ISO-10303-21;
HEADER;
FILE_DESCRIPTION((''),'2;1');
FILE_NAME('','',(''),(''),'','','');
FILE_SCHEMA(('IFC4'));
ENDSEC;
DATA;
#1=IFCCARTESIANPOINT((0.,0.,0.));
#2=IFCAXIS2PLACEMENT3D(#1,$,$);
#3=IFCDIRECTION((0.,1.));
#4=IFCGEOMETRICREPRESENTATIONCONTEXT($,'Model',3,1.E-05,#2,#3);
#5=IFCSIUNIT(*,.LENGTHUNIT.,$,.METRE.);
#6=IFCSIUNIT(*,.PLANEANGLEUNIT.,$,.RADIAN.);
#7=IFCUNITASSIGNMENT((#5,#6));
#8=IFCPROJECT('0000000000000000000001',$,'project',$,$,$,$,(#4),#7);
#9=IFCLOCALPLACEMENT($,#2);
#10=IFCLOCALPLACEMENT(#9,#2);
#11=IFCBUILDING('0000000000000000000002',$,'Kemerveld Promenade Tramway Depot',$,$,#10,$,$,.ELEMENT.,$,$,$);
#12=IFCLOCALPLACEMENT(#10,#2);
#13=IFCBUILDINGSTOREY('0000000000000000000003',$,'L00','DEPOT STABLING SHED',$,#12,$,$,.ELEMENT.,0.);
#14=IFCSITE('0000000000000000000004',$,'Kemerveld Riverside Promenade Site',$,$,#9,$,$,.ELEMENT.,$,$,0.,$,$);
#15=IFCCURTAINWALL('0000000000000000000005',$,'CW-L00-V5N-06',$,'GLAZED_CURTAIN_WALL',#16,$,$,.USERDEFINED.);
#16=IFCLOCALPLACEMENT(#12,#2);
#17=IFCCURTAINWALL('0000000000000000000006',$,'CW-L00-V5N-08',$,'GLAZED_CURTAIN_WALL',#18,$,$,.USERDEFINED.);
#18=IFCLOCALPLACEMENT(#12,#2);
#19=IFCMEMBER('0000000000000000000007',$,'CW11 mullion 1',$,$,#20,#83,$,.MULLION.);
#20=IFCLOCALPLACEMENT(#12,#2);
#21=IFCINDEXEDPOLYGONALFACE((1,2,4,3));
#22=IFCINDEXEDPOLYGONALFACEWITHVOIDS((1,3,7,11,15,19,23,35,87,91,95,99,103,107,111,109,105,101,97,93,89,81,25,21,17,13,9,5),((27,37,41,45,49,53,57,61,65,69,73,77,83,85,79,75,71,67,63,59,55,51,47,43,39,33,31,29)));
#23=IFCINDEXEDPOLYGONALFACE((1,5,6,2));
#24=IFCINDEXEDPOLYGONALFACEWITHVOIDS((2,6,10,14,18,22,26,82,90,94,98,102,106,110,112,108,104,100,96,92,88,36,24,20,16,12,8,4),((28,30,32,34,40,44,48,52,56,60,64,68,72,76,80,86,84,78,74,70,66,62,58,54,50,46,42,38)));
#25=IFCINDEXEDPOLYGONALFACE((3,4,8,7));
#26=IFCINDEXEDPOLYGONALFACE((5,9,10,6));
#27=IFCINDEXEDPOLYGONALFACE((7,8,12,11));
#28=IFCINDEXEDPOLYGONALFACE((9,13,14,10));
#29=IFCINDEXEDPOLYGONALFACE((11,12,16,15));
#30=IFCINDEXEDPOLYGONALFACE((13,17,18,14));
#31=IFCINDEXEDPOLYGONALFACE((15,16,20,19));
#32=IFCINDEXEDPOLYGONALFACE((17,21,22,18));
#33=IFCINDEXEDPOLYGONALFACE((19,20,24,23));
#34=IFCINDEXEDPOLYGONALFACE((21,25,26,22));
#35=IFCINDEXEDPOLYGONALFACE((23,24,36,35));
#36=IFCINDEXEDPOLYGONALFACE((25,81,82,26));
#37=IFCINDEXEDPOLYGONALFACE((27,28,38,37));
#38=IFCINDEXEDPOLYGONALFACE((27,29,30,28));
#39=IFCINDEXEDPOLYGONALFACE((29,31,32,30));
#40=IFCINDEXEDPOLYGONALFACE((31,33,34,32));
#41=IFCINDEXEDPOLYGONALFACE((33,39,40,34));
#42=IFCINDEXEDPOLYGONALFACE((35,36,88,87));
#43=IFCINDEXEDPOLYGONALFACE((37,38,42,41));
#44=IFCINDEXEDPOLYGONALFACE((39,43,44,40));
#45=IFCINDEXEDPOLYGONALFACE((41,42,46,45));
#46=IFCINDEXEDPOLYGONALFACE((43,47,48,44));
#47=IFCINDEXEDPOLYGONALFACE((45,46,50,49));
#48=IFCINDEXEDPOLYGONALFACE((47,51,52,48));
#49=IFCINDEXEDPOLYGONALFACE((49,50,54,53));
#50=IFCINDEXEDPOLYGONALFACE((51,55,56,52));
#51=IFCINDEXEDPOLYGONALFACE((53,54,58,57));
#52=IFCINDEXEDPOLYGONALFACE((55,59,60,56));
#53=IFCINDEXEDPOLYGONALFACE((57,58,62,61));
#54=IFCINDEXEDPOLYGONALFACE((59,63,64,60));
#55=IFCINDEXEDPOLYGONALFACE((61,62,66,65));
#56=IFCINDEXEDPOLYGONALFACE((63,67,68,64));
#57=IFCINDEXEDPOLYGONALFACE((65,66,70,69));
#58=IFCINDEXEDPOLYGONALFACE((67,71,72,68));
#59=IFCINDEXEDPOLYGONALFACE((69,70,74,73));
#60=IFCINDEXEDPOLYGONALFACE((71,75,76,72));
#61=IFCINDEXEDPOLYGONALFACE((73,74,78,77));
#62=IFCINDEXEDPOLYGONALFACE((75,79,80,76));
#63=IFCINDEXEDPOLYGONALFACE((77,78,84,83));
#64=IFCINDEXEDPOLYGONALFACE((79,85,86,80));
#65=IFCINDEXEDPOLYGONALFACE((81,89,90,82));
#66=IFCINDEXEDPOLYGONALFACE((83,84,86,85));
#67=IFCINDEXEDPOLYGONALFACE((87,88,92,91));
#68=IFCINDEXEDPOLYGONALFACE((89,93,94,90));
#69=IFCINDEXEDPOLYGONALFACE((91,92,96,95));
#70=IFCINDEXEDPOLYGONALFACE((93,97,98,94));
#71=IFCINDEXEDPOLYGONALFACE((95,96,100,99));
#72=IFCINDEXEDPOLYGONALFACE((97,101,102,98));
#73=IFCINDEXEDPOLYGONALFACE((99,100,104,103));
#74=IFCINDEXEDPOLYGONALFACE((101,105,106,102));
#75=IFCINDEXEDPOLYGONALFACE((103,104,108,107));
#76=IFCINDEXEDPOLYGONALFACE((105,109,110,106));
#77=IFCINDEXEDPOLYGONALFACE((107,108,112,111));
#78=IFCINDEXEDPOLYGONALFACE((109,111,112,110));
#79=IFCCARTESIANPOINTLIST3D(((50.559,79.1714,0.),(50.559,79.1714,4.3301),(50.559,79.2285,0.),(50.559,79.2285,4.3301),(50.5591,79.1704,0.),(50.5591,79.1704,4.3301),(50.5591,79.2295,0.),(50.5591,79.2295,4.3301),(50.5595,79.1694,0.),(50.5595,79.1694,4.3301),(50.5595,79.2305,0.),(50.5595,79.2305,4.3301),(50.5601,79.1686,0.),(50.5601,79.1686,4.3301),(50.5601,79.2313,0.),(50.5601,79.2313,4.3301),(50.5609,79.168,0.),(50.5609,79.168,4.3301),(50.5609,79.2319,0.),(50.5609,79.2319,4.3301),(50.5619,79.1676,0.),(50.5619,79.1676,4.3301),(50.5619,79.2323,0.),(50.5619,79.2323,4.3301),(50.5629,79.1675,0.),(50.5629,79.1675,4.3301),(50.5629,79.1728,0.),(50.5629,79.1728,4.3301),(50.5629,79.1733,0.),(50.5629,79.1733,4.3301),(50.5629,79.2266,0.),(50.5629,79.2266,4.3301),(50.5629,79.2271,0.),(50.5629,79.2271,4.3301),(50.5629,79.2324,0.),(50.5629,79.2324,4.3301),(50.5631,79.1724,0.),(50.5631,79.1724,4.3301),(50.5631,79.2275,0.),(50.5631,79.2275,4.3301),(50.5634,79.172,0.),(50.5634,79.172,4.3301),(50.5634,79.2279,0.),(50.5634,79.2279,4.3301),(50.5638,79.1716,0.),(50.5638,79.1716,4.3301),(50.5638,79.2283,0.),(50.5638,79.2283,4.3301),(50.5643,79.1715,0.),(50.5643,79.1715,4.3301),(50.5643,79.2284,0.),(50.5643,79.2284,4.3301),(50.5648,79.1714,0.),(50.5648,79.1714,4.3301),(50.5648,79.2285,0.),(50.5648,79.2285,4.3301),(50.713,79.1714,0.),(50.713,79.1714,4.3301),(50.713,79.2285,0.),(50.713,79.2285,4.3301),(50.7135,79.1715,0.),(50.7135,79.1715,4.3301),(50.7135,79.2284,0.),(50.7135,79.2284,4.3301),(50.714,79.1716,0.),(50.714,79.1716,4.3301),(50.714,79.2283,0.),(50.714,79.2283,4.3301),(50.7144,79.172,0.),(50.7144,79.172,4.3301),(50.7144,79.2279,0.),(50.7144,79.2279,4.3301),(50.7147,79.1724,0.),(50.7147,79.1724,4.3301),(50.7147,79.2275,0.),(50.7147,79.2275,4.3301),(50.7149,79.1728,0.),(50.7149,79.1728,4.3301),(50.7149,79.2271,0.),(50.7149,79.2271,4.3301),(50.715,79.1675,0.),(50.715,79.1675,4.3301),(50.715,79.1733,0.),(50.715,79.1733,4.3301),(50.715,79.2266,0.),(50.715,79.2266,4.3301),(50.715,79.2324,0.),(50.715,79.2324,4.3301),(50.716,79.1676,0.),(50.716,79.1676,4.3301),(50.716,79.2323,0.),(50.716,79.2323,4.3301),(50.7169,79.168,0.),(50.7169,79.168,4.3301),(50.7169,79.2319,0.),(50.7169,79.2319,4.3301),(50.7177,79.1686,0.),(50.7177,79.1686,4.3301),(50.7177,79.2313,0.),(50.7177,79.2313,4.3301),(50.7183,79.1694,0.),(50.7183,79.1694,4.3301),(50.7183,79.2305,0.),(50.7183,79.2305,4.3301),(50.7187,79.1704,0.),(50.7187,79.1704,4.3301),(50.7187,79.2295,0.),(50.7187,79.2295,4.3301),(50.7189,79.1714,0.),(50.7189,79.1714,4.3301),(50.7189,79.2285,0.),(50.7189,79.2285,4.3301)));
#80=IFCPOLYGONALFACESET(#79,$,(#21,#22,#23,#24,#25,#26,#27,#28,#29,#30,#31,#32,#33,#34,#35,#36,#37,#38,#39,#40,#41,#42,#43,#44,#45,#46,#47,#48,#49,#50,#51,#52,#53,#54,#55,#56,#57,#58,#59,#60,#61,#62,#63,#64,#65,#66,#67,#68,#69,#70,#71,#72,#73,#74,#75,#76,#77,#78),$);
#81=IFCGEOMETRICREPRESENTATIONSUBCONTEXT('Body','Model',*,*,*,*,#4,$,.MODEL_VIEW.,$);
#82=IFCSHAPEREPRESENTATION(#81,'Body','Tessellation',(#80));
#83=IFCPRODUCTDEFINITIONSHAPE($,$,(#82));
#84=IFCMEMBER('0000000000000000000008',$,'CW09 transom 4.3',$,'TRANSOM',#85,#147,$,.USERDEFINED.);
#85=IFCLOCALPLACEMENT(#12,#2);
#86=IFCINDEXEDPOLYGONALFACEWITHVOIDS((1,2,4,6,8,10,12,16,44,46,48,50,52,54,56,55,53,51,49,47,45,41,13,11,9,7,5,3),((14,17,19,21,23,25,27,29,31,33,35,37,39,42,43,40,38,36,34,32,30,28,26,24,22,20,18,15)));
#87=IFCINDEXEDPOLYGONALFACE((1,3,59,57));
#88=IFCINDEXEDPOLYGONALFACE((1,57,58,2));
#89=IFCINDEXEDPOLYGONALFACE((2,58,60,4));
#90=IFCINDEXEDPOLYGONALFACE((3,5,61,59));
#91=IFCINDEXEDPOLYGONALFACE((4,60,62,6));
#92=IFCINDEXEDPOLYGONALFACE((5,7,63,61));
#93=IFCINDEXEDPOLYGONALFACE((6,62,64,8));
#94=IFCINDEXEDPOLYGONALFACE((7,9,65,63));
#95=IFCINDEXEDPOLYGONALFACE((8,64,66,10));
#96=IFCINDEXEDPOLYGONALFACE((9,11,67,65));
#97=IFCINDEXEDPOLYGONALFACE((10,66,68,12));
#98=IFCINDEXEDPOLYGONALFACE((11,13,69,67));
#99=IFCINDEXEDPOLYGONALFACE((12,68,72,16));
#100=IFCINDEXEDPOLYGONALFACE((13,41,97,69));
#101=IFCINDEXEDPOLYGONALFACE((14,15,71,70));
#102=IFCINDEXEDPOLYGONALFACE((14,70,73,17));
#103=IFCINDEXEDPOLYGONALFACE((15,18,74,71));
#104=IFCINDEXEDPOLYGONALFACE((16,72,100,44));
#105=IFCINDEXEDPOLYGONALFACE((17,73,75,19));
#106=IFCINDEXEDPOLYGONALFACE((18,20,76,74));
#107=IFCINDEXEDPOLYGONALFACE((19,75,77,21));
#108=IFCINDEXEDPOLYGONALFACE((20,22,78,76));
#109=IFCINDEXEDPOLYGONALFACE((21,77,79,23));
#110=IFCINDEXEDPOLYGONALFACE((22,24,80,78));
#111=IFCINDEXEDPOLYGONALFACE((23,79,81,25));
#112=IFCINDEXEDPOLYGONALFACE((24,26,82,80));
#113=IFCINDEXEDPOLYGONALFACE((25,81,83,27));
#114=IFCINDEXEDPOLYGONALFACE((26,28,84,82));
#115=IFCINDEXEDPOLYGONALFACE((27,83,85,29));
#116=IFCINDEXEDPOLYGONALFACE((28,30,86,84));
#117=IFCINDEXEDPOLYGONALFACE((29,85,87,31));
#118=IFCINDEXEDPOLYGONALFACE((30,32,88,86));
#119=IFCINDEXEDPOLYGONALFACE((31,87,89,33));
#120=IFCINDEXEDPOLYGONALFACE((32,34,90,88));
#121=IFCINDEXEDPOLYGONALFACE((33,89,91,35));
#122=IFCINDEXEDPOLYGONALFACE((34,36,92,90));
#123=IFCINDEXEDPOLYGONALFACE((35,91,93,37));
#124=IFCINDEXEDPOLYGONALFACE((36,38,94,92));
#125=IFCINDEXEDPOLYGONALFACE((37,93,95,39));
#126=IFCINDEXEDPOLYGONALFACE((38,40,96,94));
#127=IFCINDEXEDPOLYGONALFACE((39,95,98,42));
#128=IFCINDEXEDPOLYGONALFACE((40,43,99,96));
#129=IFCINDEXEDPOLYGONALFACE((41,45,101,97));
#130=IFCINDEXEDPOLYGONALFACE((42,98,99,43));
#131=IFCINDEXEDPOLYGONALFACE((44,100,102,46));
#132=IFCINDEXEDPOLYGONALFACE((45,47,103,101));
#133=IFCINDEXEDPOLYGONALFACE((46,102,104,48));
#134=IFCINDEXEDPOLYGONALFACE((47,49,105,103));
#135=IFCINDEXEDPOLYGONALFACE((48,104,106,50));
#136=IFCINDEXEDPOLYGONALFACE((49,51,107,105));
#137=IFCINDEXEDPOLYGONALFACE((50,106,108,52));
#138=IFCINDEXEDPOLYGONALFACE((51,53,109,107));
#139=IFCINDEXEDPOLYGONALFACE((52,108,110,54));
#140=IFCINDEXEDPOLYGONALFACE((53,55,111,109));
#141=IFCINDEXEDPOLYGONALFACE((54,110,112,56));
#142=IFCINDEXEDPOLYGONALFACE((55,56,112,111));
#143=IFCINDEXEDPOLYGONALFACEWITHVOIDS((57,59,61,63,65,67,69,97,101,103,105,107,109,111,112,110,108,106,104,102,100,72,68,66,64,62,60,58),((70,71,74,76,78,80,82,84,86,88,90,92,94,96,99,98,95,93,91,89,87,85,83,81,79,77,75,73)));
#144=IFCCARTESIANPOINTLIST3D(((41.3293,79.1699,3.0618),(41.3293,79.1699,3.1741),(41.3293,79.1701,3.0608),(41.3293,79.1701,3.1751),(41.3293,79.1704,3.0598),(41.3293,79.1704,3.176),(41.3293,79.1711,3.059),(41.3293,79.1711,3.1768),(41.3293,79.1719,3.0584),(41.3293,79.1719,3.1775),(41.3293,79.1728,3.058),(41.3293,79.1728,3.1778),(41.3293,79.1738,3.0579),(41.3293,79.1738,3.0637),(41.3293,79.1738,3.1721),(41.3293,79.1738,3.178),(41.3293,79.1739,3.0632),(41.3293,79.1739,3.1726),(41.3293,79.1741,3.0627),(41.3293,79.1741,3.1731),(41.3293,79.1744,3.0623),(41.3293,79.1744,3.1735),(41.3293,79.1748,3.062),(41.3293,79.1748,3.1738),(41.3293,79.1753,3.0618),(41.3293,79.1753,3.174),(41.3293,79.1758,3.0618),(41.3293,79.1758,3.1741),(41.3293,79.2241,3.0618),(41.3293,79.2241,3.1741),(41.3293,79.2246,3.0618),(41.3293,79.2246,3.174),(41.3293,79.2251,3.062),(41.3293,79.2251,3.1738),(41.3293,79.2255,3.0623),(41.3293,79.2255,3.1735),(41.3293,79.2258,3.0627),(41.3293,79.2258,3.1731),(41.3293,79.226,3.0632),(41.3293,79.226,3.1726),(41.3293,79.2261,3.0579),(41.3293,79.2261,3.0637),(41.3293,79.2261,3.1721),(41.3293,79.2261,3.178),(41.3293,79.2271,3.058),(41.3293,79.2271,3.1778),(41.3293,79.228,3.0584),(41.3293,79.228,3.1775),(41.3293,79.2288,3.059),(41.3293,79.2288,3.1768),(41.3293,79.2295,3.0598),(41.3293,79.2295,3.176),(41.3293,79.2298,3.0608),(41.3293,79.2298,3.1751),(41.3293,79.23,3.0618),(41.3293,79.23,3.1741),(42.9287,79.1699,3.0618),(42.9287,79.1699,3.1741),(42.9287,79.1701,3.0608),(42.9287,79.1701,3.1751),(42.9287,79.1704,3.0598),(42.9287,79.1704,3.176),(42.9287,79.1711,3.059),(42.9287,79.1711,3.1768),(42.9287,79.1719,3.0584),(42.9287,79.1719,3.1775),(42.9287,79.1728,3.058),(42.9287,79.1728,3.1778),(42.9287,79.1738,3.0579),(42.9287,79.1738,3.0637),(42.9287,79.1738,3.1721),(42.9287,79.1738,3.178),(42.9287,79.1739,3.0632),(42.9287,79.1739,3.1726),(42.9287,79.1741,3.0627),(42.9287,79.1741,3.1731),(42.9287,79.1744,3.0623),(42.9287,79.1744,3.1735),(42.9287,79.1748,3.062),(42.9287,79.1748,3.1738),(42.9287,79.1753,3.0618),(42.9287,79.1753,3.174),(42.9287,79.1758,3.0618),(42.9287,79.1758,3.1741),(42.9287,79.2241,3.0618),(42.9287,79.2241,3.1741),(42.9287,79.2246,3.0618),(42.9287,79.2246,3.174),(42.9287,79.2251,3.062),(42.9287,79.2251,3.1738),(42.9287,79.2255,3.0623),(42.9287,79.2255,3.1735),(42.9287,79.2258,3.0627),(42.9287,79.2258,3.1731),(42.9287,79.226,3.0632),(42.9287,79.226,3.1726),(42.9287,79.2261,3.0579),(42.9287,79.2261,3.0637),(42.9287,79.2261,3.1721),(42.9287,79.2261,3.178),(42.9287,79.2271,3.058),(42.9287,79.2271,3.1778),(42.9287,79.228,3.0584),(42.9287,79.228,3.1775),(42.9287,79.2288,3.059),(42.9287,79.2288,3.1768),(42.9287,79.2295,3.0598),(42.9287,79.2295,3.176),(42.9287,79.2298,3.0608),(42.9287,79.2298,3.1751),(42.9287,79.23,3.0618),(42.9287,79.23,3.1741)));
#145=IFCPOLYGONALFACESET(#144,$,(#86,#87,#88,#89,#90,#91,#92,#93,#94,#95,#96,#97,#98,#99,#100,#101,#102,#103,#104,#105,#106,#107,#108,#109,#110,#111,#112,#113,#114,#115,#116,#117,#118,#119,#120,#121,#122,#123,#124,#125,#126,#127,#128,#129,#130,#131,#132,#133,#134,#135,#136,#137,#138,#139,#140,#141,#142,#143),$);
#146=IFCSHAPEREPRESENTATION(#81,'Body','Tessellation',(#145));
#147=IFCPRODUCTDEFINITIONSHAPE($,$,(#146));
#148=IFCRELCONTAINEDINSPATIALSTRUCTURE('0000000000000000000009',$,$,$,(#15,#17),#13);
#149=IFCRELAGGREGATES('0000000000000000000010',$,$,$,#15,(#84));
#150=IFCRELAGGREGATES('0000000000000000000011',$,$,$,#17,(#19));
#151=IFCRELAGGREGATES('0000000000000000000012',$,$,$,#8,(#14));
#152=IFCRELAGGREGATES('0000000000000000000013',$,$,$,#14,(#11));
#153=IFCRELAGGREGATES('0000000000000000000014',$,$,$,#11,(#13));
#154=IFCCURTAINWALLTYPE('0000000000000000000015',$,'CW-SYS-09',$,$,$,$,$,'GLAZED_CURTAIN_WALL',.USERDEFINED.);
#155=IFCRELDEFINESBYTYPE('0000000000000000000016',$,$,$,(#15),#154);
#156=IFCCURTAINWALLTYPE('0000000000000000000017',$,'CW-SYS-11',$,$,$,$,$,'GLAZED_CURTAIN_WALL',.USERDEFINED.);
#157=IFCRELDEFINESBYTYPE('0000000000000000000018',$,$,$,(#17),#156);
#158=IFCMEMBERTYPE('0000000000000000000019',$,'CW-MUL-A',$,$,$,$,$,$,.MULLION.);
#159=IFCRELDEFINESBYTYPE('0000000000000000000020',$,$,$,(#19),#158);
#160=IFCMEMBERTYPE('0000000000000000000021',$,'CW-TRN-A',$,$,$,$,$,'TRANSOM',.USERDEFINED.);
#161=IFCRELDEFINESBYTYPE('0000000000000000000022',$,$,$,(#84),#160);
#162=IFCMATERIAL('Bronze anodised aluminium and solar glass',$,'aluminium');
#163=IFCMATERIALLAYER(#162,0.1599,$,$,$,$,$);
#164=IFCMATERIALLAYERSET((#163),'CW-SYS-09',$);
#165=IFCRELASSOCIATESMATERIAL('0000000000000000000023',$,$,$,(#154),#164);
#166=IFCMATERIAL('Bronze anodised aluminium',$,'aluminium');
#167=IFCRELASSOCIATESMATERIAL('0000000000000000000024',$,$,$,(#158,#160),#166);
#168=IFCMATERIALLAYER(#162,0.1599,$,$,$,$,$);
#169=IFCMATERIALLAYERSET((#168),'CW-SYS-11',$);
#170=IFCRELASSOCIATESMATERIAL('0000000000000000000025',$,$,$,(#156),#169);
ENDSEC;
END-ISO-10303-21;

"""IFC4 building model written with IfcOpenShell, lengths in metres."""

from ifc_helpers import new_model, si_unit, direction, frame, origin, origin_2d, place, context, subcontext, project, spatial, hollow_rectangle, extrude, material, layer, layer_set, material_profile, profile_set, type_object, element, aggregate, save


model = new_model("IFC4")

# Units and contexts
model_context = context("Model", 3, precision=1e-05, world=origin(), true_north=direction((0.0, 1.0)))
body_context = subcontext(model_context, "Body", "Model", "MODEL_VIEW")
ifc_project = project(units=[si_unit("LENGTHUNIT", "METRE"), si_unit("PLANEANGLEUNIT", "RADIAN")], contexts=[model_context])

# Site, building, storey
site_placement = place(None, origin())
site = spatial("IfcSite", under=ifc_project, at=site_placement, Name="Kemerveld Riverside Promenade Site", CompositionType="ELEMENT", RefElevation=0.0)
building_placement = place(site_placement, origin())
building = spatial("IfcBuilding", under=site, at=building_placement, Name="Kemerveld Promenade Tramway Depot", CompositionType="ELEMENT")
storey_placement = place(building_placement, origin())
storey = spatial("IfcBuildingStorey", under=building, at=storey_placement, Name="L00", Description="DEPOT STABLING SHED", CompositionType="ELEMENT", Elevation=0.0)

# Curtain walls, member
ifc_material_1 = material(Name="Bronze anodised aluminium and solar glass", Category="aluminium")
ifc_layer_1 = layer(ifc_material_1, 0.1599)
ifc_layer_set_1 = layer_set([ifc_layer_1], Name="CW-SYS-09")
curtain_wall_type_1 = type_object("IfcCurtainWallType", Name="CW-SYS-09", ElementType="GLAZED_CURTAIN_WALL", PredefinedType="USERDEFINED", material=ifc_layer_set_1)
curtain_wall_1_placement = place(storey_placement, origin())
curtain_wall_1 = element("IfcCurtainWall", 1, at=curtain_wall_1_placement, inside=storey, type_object=curtain_wall_type_1, Name="CW-L00-V5N-06", ObjectType="GLAZED_CURTAIN_WALL", PredefinedType="USERDEFINED")
ifc_material_2 = material(Name="Bronze anodised aluminium", Category="aluminium")
ifc_material_profile_1 = material_profile(ifc_material_2, hollow_rectangle(XDim=0.0649, YDim=0.1599, WallThickness=0.0039, InnerFilletRadius=0.002, OuterFilletRadius=0.0039, at=origin_2d()), Name="CW-MUL-160x65")
ifc_profile_set_1 = profile_set([ifc_material_profile_1], Name="Bronze anodised aluminium")
member_type_1 = type_object("IfcMemberType", Name="CW-MUL-A", PredefinedType="MULLION", material=ifc_profile_set_1)
ifc_layer_2 = layer(ifc_material_1, 0.1599)
ifc_layer_set_2 = layer_set([ifc_layer_2], Name="CW-SYS-11")
curtain_wall_type_2 = type_object("IfcCurtainWallType", Name="CW-SYS-11", ElementType="GLAZED_CURTAIN_WALL", PredefinedType="USERDEFINED", material=ifc_layer_set_2)
curtain_wall_2_placement = place(storey_placement, origin())
curtain_wall_2 = element("IfcCurtainWall", 2, at=curtain_wall_2_placement, inside=storey, type_object=curtain_wall_type_2, Name="CW-L00-V5N-08", ObjectType="GLAZED_CURTAIN_WALL", PredefinedType="USERDEFINED")
member_1_placement = place(storey_placement, frame((50.6389, 79.2, 0.0), z_axis=(0.0, 0.0, 1.0), x_axis=(0.0, 1.0, 0.0)))
member_1 = element("IfcMember", 3, at=member_1_placement, type_object=member_type_1, Name="CW11 mullion 1", PredefinedType="MULLION", context=body_context, shape_type="SweptSolid", body=[
    extrude(hollow_rectangle(XDim=0.0649, YDim=0.1599, WallThickness=0.0039, InnerFilletRadius=0.002, OuterFilletRadius=0.0039, at=origin_2d()), origin(), (0.0, 0.0, 1.0), 4.3301),
])

# Member
ifc_material_profile_2 = material_profile(ifc_material_2, hollow_rectangle(XDim=0.0601, YDim=0.1201, WallThickness=0.0039, InnerFilletRadius=0.002, OuterFilletRadius=0.0039, at=origin_2d()), Name="CW-TRN-120x60")
ifc_profile_set_2 = profile_set([ifc_material_profile_2], Name="Bronze anodised aluminium")
member_type_2 = type_object("IfcMemberType", Name="CW-TRN-A", ElementType="TRANSOM", PredefinedType="USERDEFINED", material=ifc_profile_set_2)
member_2_placement = place(storey_placement, frame((41.3293, 79.2, 3.1179), z_axis=(1.0, 0.0, 0.0), x_axis=(0.0, 1.0, 0.0)))
member_2 = element("IfcMember", 4, at=member_2_placement, type_object=member_type_2, Name="CW09 transom 4.3", ObjectType="TRANSOM", PredefinedType="USERDEFINED", context=body_context, shape_type="SweptSolid", body=[
    extrude(hollow_rectangle(XDim=0.0601, YDim=0.1201, WallThickness=0.0039, InnerFilletRadius=0.002, OuterFilletRadius=0.0039, at=origin_2d()), origin(), (0.0, 0.0, 1.0), 1.5994),
])

aggregate(curtain_wall_1, [member_2])
aggregate(curtain_wall_2, [member_1])

save(model, "model.ifc")
